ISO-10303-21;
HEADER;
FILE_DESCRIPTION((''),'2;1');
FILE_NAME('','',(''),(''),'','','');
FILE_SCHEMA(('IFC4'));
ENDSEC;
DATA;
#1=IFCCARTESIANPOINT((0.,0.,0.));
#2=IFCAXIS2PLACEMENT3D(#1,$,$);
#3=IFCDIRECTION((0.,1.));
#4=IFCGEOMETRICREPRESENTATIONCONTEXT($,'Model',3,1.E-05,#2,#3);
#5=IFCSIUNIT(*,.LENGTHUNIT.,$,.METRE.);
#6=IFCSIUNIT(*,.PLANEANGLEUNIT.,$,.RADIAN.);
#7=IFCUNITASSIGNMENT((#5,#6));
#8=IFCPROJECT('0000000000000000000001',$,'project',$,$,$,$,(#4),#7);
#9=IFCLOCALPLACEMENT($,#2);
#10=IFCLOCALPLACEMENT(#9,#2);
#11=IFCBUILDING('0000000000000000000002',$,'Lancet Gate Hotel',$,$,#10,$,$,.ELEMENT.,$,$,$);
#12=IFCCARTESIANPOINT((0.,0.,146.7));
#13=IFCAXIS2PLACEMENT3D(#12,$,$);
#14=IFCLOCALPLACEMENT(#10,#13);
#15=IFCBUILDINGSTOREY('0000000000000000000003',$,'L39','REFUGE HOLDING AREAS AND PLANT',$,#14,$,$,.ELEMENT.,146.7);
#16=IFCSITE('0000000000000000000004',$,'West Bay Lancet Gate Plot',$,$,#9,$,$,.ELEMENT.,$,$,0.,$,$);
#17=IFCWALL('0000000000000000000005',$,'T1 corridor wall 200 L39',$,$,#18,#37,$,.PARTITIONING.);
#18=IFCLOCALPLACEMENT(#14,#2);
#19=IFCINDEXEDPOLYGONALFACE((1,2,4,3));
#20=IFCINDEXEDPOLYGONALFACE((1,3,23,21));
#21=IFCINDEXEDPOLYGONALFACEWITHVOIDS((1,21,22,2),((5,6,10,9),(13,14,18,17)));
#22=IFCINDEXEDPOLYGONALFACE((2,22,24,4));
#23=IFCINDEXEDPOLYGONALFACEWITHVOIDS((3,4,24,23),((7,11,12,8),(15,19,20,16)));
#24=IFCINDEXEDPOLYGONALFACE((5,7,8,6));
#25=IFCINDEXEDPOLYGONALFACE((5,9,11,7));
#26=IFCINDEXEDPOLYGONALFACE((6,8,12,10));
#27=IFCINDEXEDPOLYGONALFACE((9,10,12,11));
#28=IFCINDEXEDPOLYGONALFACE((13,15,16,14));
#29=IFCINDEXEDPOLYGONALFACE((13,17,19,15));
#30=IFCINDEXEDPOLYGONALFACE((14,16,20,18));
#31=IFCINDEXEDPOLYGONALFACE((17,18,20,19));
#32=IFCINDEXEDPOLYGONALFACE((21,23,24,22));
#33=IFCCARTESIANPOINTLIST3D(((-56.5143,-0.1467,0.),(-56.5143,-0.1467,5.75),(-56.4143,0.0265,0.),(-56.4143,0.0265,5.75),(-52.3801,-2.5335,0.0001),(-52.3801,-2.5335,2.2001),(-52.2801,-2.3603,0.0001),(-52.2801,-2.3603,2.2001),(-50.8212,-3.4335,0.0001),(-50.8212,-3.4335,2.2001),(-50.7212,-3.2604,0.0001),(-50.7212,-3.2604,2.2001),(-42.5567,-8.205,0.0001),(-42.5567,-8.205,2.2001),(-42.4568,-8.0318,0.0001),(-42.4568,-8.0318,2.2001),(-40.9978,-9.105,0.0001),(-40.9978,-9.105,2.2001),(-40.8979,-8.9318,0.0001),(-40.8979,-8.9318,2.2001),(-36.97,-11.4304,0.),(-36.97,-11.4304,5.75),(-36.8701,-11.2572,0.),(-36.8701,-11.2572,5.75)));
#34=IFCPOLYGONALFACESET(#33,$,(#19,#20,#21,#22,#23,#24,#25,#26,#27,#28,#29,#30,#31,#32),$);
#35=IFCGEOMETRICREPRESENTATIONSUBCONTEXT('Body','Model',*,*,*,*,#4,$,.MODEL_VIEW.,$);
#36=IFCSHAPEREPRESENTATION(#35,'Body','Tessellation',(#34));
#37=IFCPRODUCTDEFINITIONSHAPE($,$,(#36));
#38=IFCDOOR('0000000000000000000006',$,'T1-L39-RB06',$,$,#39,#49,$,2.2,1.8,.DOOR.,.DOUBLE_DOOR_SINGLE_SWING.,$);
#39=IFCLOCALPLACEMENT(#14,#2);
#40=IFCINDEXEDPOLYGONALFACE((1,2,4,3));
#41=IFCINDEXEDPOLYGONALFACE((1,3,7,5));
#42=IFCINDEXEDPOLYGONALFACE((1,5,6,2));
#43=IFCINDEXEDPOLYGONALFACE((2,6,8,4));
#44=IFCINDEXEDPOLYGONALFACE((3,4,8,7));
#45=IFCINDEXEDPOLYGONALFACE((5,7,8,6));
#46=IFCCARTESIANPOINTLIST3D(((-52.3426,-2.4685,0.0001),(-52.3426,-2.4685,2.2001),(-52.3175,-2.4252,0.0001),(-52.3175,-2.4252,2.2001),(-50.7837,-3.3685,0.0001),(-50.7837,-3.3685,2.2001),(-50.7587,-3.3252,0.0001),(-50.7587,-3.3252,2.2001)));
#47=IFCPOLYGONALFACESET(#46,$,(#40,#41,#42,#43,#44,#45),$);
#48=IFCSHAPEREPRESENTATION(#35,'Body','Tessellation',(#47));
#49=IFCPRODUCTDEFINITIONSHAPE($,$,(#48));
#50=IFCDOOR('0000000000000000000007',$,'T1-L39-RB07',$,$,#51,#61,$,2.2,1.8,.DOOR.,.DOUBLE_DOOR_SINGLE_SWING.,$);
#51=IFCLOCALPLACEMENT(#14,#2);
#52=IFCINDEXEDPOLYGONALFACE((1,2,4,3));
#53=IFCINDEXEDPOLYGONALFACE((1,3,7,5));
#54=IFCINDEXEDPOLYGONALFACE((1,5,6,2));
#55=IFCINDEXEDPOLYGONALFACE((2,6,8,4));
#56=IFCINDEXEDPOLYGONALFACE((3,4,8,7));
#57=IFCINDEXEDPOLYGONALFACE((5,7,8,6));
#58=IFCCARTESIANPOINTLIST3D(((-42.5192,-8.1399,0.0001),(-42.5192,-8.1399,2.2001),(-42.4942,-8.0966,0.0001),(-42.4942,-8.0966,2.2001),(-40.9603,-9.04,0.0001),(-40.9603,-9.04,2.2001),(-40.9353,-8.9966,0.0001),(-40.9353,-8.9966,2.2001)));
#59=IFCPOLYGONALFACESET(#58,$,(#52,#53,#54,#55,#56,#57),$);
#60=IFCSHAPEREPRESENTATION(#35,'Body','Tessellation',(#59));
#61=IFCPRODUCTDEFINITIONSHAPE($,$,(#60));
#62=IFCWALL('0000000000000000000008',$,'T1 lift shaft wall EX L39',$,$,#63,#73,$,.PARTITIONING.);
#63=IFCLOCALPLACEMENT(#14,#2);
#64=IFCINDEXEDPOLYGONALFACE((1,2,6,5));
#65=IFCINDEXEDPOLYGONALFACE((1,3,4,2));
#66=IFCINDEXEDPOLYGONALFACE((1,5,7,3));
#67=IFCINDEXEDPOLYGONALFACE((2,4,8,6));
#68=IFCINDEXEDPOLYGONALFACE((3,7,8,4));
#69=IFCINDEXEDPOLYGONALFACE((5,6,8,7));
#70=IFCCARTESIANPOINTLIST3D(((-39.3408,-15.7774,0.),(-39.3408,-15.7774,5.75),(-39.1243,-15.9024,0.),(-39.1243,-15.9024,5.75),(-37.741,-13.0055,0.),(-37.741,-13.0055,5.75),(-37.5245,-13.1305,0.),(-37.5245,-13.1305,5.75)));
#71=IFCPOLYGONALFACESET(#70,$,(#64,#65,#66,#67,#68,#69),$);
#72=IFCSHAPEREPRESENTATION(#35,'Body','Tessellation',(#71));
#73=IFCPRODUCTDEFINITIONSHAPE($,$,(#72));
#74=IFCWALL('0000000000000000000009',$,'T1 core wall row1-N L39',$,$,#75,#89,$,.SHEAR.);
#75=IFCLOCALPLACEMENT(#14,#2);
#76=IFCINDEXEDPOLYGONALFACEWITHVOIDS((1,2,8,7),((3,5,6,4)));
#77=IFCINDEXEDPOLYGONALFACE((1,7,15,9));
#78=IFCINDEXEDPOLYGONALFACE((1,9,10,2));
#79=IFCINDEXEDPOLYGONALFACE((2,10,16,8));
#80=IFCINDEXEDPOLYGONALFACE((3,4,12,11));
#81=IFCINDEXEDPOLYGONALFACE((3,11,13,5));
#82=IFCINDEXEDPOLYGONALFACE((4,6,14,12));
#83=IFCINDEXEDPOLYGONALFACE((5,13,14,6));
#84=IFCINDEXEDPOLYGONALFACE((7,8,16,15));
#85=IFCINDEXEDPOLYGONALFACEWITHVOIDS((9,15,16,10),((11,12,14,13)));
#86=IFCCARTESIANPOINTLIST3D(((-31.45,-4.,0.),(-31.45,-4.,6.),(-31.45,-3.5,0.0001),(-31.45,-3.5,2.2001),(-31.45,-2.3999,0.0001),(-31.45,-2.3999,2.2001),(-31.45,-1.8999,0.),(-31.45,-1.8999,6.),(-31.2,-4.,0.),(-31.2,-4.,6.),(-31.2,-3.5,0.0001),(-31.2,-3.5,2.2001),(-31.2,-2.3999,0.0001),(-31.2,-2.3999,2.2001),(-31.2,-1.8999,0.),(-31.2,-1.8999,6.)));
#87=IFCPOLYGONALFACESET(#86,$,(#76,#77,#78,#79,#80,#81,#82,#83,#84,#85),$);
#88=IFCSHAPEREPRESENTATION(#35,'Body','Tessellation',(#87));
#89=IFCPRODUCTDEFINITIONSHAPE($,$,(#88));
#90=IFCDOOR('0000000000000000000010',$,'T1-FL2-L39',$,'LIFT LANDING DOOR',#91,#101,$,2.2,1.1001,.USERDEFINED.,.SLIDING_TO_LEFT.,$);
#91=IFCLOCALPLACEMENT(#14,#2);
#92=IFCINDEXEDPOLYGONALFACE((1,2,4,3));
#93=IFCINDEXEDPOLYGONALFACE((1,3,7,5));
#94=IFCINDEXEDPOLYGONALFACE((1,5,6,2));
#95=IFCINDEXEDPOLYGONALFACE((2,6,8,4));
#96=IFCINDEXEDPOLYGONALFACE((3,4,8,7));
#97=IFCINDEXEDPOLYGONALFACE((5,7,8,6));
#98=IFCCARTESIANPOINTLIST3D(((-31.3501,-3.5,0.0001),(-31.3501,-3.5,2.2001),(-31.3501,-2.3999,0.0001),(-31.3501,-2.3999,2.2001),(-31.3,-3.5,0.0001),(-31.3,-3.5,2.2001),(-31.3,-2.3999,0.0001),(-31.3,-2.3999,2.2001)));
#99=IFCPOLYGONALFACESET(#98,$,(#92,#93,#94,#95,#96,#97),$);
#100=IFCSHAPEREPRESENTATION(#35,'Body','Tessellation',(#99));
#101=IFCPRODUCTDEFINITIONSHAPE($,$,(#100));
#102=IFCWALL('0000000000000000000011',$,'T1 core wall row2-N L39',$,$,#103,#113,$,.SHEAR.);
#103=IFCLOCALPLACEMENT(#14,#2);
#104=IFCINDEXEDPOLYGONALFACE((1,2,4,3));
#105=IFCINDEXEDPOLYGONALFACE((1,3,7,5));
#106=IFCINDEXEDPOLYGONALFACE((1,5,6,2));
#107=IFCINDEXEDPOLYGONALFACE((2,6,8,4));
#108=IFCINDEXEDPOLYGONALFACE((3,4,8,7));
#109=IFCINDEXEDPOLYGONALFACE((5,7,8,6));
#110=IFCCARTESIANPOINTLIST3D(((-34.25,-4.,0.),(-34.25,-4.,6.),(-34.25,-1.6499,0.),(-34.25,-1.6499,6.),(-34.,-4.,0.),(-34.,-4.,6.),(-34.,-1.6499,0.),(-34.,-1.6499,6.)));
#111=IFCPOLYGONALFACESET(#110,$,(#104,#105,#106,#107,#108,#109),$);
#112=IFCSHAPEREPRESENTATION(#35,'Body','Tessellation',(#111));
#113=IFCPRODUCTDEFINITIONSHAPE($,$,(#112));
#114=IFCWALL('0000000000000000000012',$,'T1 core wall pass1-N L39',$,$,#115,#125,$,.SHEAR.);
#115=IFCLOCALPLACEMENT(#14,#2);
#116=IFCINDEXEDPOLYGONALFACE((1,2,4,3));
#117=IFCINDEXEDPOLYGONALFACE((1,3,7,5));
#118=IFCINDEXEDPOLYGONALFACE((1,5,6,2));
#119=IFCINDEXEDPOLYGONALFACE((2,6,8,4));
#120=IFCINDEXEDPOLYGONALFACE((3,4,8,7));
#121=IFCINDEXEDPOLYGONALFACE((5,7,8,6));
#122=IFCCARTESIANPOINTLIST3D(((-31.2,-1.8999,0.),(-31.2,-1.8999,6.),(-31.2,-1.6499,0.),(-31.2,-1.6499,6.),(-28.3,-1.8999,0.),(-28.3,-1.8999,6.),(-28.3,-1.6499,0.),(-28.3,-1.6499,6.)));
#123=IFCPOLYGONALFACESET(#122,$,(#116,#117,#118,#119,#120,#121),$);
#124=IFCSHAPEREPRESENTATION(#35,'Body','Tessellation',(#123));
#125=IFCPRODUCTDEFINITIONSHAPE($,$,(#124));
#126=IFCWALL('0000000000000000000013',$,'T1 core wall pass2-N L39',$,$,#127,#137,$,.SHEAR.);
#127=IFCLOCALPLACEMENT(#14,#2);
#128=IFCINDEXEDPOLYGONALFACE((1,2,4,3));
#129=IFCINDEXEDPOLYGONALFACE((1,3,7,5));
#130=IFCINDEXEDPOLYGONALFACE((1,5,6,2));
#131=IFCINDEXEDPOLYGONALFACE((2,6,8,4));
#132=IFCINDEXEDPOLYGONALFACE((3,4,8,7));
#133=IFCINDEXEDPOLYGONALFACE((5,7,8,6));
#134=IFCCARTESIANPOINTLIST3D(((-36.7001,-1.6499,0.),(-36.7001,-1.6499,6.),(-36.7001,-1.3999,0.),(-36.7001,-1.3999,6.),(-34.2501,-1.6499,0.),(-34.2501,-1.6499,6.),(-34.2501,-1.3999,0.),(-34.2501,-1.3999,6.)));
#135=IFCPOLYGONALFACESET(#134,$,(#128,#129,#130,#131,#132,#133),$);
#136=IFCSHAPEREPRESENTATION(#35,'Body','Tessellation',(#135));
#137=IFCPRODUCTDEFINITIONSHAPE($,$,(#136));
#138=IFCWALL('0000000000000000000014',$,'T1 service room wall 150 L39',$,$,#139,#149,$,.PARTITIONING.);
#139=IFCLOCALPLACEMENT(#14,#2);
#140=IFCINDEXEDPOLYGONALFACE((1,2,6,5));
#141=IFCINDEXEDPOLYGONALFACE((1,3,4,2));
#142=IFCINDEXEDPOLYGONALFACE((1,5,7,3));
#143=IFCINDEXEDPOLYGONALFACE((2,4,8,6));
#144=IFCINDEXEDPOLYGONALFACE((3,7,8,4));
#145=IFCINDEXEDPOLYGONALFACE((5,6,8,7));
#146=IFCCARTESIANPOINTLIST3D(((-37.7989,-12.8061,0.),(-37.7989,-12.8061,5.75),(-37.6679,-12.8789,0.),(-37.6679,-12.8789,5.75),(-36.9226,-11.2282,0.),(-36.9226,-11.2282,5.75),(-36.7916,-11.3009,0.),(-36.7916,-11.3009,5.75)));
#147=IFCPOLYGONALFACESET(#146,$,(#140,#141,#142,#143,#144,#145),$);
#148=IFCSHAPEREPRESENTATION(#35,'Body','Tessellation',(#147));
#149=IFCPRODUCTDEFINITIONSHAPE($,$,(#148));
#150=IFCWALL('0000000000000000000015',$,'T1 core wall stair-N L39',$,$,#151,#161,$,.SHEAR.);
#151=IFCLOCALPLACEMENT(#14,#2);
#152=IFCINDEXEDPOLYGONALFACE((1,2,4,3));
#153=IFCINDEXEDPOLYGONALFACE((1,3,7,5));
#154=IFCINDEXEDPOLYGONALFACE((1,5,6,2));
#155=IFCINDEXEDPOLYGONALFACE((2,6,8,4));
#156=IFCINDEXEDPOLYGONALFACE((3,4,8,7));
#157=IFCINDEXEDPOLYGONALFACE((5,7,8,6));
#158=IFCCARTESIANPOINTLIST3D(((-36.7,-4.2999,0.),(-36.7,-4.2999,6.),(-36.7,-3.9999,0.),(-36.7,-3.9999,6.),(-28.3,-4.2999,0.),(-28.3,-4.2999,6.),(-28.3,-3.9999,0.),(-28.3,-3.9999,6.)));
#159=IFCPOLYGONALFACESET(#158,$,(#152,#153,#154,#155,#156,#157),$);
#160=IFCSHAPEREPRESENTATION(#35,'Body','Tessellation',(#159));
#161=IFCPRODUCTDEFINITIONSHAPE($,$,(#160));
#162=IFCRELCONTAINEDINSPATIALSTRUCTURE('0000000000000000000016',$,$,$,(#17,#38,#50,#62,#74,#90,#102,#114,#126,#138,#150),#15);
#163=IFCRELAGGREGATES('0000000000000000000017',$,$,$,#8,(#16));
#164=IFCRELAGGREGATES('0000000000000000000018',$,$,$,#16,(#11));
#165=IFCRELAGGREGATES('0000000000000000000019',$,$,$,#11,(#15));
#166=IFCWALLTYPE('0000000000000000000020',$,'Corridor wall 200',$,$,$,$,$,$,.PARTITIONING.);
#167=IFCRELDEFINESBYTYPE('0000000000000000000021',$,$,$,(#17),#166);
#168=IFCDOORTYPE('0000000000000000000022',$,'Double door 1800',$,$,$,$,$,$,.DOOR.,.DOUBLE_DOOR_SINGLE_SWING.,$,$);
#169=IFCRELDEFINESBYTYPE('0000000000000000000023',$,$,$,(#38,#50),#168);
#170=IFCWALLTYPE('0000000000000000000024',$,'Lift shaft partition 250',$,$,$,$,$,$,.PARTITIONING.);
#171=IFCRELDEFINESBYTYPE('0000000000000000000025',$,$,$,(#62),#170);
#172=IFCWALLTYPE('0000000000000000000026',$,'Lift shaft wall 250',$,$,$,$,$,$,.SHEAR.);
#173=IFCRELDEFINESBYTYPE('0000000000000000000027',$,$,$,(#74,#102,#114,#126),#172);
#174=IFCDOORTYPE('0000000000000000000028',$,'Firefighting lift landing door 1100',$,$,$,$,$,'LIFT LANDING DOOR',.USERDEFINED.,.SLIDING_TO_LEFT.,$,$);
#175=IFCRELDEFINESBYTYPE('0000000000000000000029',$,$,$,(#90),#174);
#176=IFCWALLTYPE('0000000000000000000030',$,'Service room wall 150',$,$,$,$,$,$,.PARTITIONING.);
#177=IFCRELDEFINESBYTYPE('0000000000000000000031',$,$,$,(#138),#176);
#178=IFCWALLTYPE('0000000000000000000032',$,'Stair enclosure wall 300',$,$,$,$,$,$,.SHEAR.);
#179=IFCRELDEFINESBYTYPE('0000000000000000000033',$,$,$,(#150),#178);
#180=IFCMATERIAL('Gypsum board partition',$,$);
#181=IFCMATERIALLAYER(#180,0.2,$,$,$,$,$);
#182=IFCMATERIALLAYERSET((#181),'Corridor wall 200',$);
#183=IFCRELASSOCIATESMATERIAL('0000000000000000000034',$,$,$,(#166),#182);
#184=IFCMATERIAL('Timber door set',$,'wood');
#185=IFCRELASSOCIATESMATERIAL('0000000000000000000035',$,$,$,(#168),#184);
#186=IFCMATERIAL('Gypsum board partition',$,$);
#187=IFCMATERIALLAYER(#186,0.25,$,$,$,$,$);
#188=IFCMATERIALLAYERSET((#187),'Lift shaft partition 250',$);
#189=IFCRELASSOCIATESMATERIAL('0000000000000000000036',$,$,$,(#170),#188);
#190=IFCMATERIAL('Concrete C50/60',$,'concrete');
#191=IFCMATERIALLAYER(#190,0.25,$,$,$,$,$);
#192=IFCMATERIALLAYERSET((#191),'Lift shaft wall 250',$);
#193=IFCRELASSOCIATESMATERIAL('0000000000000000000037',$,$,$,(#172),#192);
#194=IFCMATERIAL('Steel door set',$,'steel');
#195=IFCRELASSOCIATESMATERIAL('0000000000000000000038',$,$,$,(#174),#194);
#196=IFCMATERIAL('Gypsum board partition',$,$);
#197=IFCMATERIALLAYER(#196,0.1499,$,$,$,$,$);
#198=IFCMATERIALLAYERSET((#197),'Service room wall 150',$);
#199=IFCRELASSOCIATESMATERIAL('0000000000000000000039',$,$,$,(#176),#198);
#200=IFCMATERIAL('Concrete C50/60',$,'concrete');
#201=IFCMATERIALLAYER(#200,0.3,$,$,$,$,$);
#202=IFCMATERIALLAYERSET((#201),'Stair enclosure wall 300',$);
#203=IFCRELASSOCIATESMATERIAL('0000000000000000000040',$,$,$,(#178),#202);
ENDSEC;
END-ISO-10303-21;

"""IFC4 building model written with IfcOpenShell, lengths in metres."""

from ifc_helpers import new_model, si_unit, direction, frame, frame_2d, origin, place, context, subcontext, project, spatial, rectangle, extrude, material, layer, layer_set, type_object, element, fill, save


model = new_model("IFC4")

# Units and contexts
model_context = context("Model", 3, precision=1e-05, world=origin(), true_north=direction((0.0, 1.0)))
body_context = subcontext(model_context, "Body", "Model", "MODEL_VIEW")
ifc_project = project(units=[si_unit("LENGTHUNIT", "METRE"), si_unit("PLANEANGLEUNIT", "RADIAN")], contexts=[model_context])

# Site, building, storey
site_placement = place(None, origin())
site = spatial("IfcSite", under=ifc_project, at=site_placement, Name="West Bay Lancet Gate Plot", CompositionType="ELEMENT", RefElevation=0.0)
building_placement = place(site_placement, origin())
building = spatial("IfcBuilding", under=site, at=building_placement, Name="Lancet Gate Hotel", CompositionType="ELEMENT")
storey_placement = place(building_placement, frame((0.0, 0.0, 146.7)))
storey = spatial("IfcBuildingStorey", under=building, at=storey_placement, Name="L39", Description="REFUGE HOLDING AREAS AND PLANT", CompositionType="ELEMENT", Elevation=146.7)

# Wall, openings, doors
ifc_material_1 = material(Name="Gypsum board partition")
ifc_layer_1 = layer(ifc_material_1, 0.2)
ifc_layer_set_1 = layer_set([ifc_layer_1], Name="Corridor wall 200")
wall_type_1 = type_object("IfcWallType", Name="Corridor wall 200", PredefinedType="PARTITIONING", material=ifc_layer_set_1)
wall_1_placement = place(storey_placement, frame((-36.9202, -11.3438, 0.0), z_axis=(0.0, 0.0, 1.0), x_axis=(-0.866028, 0.499995, 0.0)))
wall_1 = element("IfcWall", 1, at=wall_1_placement, inside=storey, type_object=wall_type_1, Name="T1 corridor wall 200 L39", PredefinedType="PARTITIONING", context=body_context, shape_type="SweptSolid", body=[
    extrude(rectangle(XDim=22.5676, YDim=0.2, at=frame_2d((11.2837, 0.0))), origin(), (0.0, 0.0, 1.0), 5.75),
])
opening_1_placement = place(wall_1_placement, frame((15.9939, 0.0, 0.0)))
opening_1 = element("IfcOpeningElement", 2, at=opening_1_placement, cuts=wall_1, PredefinedType="OPENING", context=body_context, shape_type="SweptSolid", body=[
    extrude(rectangle(XDim=1.8, YDim=2.2, at=frame_2d((0.8999, 1.1001))), frame((0.0, 0.1099, 0.0), z_axis=(0.0, -1.0, 0.0), x_axis=(1.0, 0.0, 0.0)), (0.0, 0.0, 1.0), 0.22),
])
opening_2_placement = place(wall_1_placement, frame((4.6509, 0.0, 0.0)))
opening_2 = element("IfcOpeningElement", 3, at=opening_2_placement, cuts=wall_1, PredefinedType="OPENING", context=body_context, shape_type="SweptSolid", body=[
    extrude(rectangle(XDim=1.8, YDim=2.2, at=frame_2d((0.8999, 1.1001))), frame((0.0, 0.1099, 0.0), z_axis=(0.0, -1.0, 0.0), x_axis=(1.0, 0.0, 0.0)), (0.0, 0.0, 1.0), 0.22),
])
ifc_material_2 = material(Name="Timber door set", Category="wood")
door_type_1 = type_object("IfcDoorType", Name="Double door 1800", OperationType="DOUBLE_DOOR_SINGLE_SWING", PredefinedType="DOOR", material=ifc_material_2)
door_1_placement = place(opening_1_placement, origin())
door_1 = element("IfcDoor", 4, at=door_1_placement, inside=storey, type_object=door_type_1, Name="T1-L39-RB06", OperationType="DOUBLE_DOOR_SINGLE_SWING", OverallHeight=2.2, OverallWidth=1.8, PredefinedType="DOOR", context=body_context, shape_type="SweptSolid", body=[
    extrude(rectangle(XDim=1.8, YDim=2.2, at=frame_2d((0.8999, 1.1001))), frame((0.0, 0.0249, 0.0), z_axis=(0.0, -1.0, 0.0), x_axis=(1.0, 0.0, 0.0)), (0.0, 0.0, 1.0), 0.05),
])
fill(opening_1, door_1)
door_2_placement = place(opening_2_placement, origin())
door_2 = element("IfcDoor", 5, at=door_2_placement, inside=storey, type_object=door_type_1, Name="T1-L39-RB07", OperationType="DOUBLE_DOOR_SINGLE_SWING", OverallHeight=2.2, OverallWidth=1.8, PredefinedType="DOOR", context=body_context, shape_type="SweptSolid", body=[
    extrude(rectangle(XDim=1.8, YDim=2.2, at=frame_2d((0.8999, 1.1001))), frame((0.0, 0.0249, 0.0), z_axis=(0.0, -1.0, 0.0), x_axis=(1.0, 0.0, 0.0)), (0.0, 0.0, 1.0), 0.05),
])
fill(opening_2, door_2)

# Wall
ifc_material_3 = material(Name="Gypsum board partition")
ifc_layer_2 = layer(ifc_material_3, 0.25)
ifc_layer_set_2 = layer_set([ifc_layer_2], Name="Lift shaft partition 250")
wall_type_2 = type_object("IfcWallType", Name="Lift shaft partition 250", PredefinedType="PARTITIONING", material=ifc_layer_set_2)
wall_2_placement = place(storey_placement, frame((-37.6328, -13.0681, 0.0), z_axis=(0.0, 0.0, 1.0), x_axis=(-0.499872, -0.866099, 0.0)))
element("IfcWall", 6, at=wall_2_placement, inside=storey, type_object=wall_type_2, Name="T1 lift shaft wall EX L39", PredefinedType="PARTITIONING", context=body_context, shape_type="SweptSolid", body=[
    extrude(rectangle(XDim=3.2004, YDim=0.25, at=frame_2d((1.6001, 0.0))), origin(), (0.0, 0.0, 1.0), 5.75),
])

# Wall, opening, door
ifc_material_4 = material(Name="Concrete C50/60", Category="concrete")
ifc_layer_3 = layer(ifc_material_4, 0.25)
ifc_layer_set_3 = layer_set([ifc_layer_3], Name="Lift shaft wall 250")
wall_type_3 = type_object("IfcWallType", Name="Lift shaft wall 250", PredefinedType="SHEAR", material=ifc_layer_set_3)
wall_3_placement = place(storey_placement, frame((-31.325, -1.8999, 0.0), z_axis=(0.0, 0.0, 1.0), x_axis=(0.0, -1.0, 0.0)))
wall_3 = element("IfcWall", 7, at=wall_3_placement, inside=storey, type_object=wall_type_3, Name="T1 core wall row1-N L39", PredefinedType="SHEAR", context=body_context, shape_type="SweptSolid", body=[
    extrude(rectangle(XDim=2.1001, YDim=0.25, at=frame_2d((1.05, 0.0))), origin(), (0.0, 0.0, 1.0), 6.0),
])
opening_3_placement = place(wall_3_placement, frame((0.5, 0.0, 0.0)))
opening_3 = element("IfcOpeningElement", 8, at=opening_3_placement, cuts=wall_3, PredefinedType="OPENING", context=body_context, shape_type="SweptSolid", body=[
    extrude(rectangle(XDim=1.1001, YDim=2.2, at=frame_2d((0.55, 1.1001))), frame((0.0, 0.135, 0.0), z_axis=(0.0, -1.0, 0.0), x_axis=(1.0, 0.0, 0.0)), (0.0, 0.0, 1.0), 0.27),
])
ifc_material_5 = material(Name="Steel door set", Category="steel")
door_type_2 = type_object("IfcDoorType", Name="Firefighting lift landing door 1100", ElementType="LIFT LANDING DOOR", OperationType="SLIDING_TO_LEFT", PredefinedType="USERDEFINED", material=ifc_material_5)
door_3_placement = place(opening_3_placement, origin())
door_3 = element("IfcDoor", 9, at=door_3_placement, inside=storey, type_object=door_type_2, Name="T1-FL2-L39", ObjectType="LIFT LANDING DOOR", OperationType="SLIDING_TO_LEFT", OverallHeight=2.2, OverallWidth=1.1001, PredefinedType="USERDEFINED", context=body_context, shape_type="SweptSolid", body=[
    extrude(rectangle(XDim=1.1001, YDim=2.2, at=frame_2d((0.55, 1.1001))), frame((0.0, 0.0249, 0.0), z_axis=(0.0, -1.0, 0.0), x_axis=(1.0, 0.0, 0.0)), (0.0, 0.0, 1.0), 0.05),
])
fill(opening_3, door_3)

# Walls
wall_4_placement = place(storey_placement, frame((-34.125, -1.6499, 0.0), z_axis=(0.0, 0.0, 1.0), x_axis=(0.0, -1.0, 0.0)))
element("IfcWall", 10, at=wall_4_placement, inside=storey, type_object=wall_type_3, Name="T1 core wall row2-N L39", PredefinedType="SHEAR", context=body_context, shape_type="SweptSolid", body=[
    extrude(rectangle(XDim=2.3501, YDim=0.25, at=frame_2d((1.175, 0.0))), origin(), (0.0, 0.0, 1.0), 6.0),
])
wall_5_placement = place(storey_placement, frame((-28.3, -1.7749, 0.0), z_axis=(0.0, 0.0, 1.0), x_axis=(-1.0, 0.0, 0.0)))
element("IfcWall", 11, at=wall_5_placement, inside=storey, type_object=wall_type_3, Name="T1 core wall pass1-N L39", PredefinedType="SHEAR", context=body_context, shape_type="SweptSolid", body=[
    extrude(rectangle(XDim=2.8999, YDim=0.25, at=frame_2d((1.45, 0.0))), origin(), (0.0, 0.0, 1.0), 6.0),
])
wall_6_placement = place(storey_placement, frame((-34.25, -1.5249, 0.0), z_axis=(0.0, 0.0, 1.0), x_axis=(-1.0, 0.0, 0.0)))
element("IfcWall", 12, at=wall_6_placement, inside=storey, type_object=wall_type_3, Name="T1 core wall pass2-N L39", PredefinedType="SHEAR", context=body_context, shape_type="SweptSolid", body=[
    extrude(rectangle(XDim=2.45, YDim=0.25, at=frame_2d((1.2251, 0.0))), origin(), (0.0, 0.0, 1.0), 6.0),
])
ifc_material_6 = material(Name="Gypsum board partition")
ifc_layer_4 = layer(ifc_material_6, 0.1499)
ifc_layer_set_4 = layer_set([ifc_layer_4], Name="Service room wall 150")
wall_type_4 = type_object("IfcWallType", Name="Service room wall 150", PredefinedType="PARTITIONING", material=ifc_layer_set_4)
wall_7_placement = place(storey_placement, frame((-36.8572, -11.2646, 0.0), z_axis=(0.0, 0.0, 1.0), x_axis=(-0.485482, -0.874247, 0.0)))
element("IfcWall", 13, at=wall_7_placement, inside=storey, type_object=wall_type_4, Name="T1 service room wall 150 L39", PredefinedType="PARTITIONING", context=body_context, shape_type="SweptSolid", body=[
    extrude(rectangle(XDim=1.8049, YDim=0.1499, at=frame_2d((0.9023, 0.0))), origin(), (0.0, 0.0, 1.0), 5.75),
])
ifc_material_7 = material(Name="Concrete C50/60", Category="concrete")
ifc_layer_5 = layer(ifc_material_7, 0.3)
ifc_layer_set_5 = layer_set([ifc_layer_5], Name="Stair enclosure wall 300")
wall_type_5 = type_object("IfcWallType", Name="Stair enclosure wall 300", PredefinedType="SHEAR", material=ifc_layer_set_5)
wall_8_placement = place(storey_placement, frame((-28.3, -4.1499, 0.0), z_axis=(0.0, 0.0, 1.0), x_axis=(-1.0, 0.0, 0.0)))
element("IfcWall", 14, at=wall_8_placement, inside=storey, type_object=wall_type_5, Name="T1 core wall stair-N L39", PredefinedType="SHEAR", context=body_context, shape_type="SweptSolid", body=[
    extrude(rectangle(XDim=8.3999, YDim=0.3, at=frame_2d((4.2, 0.0))), origin(), (0.0, 0.0, 1.0), 6.0),
])

save(model, "model.ifc")
